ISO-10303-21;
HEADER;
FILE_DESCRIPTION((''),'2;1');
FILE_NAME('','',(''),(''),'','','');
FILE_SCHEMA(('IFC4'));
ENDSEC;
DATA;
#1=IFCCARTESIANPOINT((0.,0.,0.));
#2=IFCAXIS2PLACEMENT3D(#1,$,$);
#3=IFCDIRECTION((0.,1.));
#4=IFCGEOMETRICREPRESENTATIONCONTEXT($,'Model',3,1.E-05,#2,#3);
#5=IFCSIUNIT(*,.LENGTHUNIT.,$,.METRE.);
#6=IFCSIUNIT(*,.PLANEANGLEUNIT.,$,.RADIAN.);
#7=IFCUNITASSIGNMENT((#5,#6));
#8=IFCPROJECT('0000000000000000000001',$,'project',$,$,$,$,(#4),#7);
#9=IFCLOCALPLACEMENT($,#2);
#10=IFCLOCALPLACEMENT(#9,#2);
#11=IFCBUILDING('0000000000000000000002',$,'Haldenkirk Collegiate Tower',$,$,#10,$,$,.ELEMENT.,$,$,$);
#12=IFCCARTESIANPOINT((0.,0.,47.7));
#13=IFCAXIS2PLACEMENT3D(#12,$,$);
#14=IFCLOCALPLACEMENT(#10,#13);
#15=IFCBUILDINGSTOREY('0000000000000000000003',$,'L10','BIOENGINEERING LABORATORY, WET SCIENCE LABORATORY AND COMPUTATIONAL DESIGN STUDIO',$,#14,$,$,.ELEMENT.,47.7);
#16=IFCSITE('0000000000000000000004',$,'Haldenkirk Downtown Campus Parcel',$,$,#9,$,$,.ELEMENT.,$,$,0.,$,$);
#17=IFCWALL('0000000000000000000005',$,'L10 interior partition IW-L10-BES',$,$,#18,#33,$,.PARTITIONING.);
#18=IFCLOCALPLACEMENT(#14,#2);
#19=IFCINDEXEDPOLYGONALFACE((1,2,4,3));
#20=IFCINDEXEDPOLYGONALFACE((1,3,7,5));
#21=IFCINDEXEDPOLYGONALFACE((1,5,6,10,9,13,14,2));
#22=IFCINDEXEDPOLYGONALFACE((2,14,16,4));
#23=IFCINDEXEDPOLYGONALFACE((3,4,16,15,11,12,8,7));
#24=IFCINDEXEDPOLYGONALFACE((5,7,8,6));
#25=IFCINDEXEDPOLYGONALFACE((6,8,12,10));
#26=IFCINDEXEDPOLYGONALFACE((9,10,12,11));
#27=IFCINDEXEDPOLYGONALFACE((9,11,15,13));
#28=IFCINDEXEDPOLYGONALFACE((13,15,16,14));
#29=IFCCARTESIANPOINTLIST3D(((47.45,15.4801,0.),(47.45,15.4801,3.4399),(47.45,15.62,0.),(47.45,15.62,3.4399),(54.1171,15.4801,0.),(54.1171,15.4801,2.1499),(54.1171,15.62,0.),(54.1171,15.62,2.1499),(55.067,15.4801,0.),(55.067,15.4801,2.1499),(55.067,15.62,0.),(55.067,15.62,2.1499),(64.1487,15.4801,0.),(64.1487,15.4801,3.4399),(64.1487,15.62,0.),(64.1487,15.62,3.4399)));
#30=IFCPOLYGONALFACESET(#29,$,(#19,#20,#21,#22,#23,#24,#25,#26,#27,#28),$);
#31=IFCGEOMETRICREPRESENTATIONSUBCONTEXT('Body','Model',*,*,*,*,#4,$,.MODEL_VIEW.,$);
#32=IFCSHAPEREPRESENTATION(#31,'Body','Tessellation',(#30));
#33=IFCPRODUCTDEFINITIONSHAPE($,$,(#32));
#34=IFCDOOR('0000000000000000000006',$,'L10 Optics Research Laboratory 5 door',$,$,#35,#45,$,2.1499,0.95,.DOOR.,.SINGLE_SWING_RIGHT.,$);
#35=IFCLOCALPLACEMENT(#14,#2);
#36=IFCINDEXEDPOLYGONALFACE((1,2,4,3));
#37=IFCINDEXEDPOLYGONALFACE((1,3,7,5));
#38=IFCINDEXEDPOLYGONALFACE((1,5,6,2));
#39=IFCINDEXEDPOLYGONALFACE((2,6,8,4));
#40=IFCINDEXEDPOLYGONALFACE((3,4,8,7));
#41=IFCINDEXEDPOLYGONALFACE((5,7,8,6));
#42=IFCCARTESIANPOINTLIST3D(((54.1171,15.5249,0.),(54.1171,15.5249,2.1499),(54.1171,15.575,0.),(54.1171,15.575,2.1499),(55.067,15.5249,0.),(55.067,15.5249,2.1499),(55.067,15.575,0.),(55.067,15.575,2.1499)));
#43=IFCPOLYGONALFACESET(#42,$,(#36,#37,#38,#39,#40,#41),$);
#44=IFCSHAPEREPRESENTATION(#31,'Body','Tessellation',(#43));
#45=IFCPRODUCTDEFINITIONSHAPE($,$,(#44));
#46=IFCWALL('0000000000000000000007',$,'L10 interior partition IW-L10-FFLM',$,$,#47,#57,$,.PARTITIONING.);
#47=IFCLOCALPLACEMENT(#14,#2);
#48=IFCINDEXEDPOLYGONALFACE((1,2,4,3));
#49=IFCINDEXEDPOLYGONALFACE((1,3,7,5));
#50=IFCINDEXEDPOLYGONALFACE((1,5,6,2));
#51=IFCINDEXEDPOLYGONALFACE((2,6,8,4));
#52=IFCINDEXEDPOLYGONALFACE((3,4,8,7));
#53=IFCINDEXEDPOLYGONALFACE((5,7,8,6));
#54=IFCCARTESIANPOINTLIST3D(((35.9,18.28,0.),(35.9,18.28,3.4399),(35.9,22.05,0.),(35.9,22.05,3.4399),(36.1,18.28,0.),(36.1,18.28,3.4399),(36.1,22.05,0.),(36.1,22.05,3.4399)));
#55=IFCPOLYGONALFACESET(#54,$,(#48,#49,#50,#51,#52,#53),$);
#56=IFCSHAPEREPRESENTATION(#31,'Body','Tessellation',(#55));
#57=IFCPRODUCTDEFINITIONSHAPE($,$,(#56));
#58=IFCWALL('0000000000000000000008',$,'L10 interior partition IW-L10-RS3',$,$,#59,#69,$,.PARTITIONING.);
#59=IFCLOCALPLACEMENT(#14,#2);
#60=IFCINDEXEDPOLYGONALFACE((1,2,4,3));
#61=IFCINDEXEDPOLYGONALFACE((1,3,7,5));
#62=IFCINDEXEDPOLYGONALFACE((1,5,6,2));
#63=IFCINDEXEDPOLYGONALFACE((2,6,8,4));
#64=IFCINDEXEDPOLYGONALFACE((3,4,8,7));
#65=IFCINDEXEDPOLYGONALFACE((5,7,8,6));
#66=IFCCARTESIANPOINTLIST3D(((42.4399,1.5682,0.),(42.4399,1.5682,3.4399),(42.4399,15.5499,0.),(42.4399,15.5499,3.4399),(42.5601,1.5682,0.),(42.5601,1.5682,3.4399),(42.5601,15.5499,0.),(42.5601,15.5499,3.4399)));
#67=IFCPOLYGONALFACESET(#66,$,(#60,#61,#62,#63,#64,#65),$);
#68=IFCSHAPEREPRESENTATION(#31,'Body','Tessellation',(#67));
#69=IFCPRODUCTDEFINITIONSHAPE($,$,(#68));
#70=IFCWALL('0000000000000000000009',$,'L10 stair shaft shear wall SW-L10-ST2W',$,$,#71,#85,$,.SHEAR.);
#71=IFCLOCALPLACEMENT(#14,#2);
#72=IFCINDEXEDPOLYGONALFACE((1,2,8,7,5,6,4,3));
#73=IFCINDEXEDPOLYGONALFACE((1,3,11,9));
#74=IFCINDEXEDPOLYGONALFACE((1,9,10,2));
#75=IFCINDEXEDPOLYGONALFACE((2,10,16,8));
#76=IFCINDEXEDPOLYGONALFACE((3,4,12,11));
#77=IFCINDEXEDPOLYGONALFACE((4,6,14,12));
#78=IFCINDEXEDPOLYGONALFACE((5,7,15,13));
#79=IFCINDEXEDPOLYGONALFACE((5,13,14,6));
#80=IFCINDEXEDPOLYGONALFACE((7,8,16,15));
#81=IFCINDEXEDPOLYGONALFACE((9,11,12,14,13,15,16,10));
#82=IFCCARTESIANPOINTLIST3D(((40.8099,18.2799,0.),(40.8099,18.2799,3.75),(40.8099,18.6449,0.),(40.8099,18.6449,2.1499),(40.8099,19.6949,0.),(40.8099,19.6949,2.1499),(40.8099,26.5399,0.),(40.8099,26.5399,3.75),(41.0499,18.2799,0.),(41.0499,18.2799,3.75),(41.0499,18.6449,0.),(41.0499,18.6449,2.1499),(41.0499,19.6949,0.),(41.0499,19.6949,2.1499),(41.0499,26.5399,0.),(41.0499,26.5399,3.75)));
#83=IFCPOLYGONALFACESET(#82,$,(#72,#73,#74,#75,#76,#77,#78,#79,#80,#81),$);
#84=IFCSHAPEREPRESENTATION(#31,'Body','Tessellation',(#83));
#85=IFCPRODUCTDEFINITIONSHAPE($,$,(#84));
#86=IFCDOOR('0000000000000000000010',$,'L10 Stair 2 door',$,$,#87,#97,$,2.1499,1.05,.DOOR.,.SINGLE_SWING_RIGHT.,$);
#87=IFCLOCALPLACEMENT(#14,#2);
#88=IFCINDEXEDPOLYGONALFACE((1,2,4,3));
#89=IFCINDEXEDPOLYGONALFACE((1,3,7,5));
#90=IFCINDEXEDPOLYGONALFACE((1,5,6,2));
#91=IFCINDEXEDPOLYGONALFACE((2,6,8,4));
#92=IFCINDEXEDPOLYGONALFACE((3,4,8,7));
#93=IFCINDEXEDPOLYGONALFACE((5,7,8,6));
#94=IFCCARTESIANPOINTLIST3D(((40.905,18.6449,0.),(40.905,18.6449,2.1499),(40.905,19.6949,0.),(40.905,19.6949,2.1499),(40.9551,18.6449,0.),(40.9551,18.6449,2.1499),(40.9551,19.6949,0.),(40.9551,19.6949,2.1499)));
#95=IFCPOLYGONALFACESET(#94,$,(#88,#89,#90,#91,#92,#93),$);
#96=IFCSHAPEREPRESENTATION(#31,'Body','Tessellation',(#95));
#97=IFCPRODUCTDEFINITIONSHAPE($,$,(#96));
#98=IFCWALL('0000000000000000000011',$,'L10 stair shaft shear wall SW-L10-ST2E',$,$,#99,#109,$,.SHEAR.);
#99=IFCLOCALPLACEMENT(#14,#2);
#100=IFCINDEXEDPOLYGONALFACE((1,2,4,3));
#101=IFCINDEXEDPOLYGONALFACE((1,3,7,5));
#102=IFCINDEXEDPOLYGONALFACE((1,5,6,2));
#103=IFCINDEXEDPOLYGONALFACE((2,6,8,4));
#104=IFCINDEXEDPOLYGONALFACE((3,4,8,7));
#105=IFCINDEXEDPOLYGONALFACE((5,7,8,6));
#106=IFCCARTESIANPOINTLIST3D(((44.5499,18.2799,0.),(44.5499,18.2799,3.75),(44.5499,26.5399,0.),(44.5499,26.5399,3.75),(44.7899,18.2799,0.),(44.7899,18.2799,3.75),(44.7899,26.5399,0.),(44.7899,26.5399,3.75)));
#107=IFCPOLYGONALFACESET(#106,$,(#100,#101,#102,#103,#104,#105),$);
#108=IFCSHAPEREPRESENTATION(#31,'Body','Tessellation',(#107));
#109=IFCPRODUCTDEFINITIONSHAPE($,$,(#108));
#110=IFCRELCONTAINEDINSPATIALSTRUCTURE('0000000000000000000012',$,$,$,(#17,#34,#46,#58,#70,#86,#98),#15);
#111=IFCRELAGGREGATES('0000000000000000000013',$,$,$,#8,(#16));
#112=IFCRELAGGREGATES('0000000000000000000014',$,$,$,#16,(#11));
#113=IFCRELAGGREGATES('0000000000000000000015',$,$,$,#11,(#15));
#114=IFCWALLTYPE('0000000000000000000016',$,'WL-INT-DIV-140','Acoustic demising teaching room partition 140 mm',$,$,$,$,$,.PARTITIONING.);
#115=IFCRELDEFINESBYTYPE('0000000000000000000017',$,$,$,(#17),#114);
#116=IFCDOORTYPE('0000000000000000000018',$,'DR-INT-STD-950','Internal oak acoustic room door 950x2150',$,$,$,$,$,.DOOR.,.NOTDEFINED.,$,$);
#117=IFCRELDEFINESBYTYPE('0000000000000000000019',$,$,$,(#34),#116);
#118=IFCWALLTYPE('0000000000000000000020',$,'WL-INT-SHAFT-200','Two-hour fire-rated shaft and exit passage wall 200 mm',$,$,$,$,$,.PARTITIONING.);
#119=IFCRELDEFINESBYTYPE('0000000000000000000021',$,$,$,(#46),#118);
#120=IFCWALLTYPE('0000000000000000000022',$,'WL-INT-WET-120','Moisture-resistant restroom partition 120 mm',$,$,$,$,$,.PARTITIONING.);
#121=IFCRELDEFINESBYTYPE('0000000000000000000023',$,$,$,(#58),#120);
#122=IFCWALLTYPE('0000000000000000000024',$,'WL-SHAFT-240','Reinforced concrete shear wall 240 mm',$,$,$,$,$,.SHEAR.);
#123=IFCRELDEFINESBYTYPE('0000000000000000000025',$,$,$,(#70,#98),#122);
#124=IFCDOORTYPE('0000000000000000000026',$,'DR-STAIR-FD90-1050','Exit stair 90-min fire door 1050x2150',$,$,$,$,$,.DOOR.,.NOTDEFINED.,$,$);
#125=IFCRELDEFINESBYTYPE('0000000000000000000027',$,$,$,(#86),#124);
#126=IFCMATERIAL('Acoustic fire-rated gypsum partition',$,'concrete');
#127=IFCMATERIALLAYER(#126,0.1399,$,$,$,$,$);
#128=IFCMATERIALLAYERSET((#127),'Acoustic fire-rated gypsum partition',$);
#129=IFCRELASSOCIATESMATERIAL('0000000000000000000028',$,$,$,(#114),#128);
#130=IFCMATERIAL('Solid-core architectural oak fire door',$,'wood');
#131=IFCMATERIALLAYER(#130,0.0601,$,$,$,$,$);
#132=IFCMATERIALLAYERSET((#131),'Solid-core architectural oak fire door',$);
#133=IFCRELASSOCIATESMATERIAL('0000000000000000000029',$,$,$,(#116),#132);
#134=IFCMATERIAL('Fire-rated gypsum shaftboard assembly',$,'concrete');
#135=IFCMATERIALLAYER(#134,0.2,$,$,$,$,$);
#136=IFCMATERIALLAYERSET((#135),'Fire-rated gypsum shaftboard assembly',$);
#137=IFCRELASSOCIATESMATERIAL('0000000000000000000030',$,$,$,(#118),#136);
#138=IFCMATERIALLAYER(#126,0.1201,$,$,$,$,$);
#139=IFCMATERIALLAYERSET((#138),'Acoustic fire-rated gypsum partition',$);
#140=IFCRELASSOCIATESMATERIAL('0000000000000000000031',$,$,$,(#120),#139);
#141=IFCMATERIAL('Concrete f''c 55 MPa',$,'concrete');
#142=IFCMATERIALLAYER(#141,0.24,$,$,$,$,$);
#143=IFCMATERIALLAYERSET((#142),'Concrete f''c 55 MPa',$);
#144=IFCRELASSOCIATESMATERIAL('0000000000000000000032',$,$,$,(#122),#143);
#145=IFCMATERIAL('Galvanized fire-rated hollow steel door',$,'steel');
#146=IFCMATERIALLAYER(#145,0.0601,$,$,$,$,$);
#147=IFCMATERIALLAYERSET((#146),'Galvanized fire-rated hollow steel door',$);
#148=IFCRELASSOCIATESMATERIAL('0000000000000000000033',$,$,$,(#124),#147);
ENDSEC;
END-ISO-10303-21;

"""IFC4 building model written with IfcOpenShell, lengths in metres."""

from ifc_helpers import new_model, si_unit, direction, frame, frame_2d, origin, place, context, subcontext, project, spatial, rectangle, extrude, material, layer, layer_set, type_object, element, fill, save


model = new_model("IFC4")

# Units and contexts
model_context = context("Model", 3, precision=1e-05, world=origin(), true_north=direction((0.0, 1.0)))
body_context = subcontext(model_context, "Body", "Model", "MODEL_VIEW")
ifc_project = project(units=[si_unit("LENGTHUNIT", "METRE"), si_unit("PLANEANGLEUNIT", "RADIAN")], contexts=[model_context])

# Site, building, storey
site_placement = place(None, origin())
site = spatial("IfcSite", under=ifc_project, at=site_placement, Name="Haldenkirk Downtown Campus Parcel", CompositionType="ELEMENT", RefElevation=0.0)
building_placement = place(site_placement, origin())
building = spatial("IfcBuilding", under=site, at=building_placement, Name="Haldenkirk Collegiate Tower", CompositionType="ELEMENT")
storey_placement = place(building_placement, frame((0.0, 0.0, 47.7)))
storey = spatial("IfcBuildingStorey", under=building, at=storey_placement, Name="L10", Description="BIOENGINEERING LABORATORY, WET SCIENCE LABORATORY AND COMPUTATIONAL DESIGN STUDIO", CompositionType="ELEMENT", Elevation=47.7)

# Shared definitions
ifc_material_1 = material(Name="Galvanized fire-rated hollow steel door", Category="steel")

# Shared definitions
ifc_material_2 = material(Name="Acoustic fire-rated gypsum partition", Category="concrete")
ifc_material_3 = material(Name="Solid-core architectural oak fire door", Category="wood")

# Wall, opening, door
ifc_layer_1 = layer(ifc_material_2, 0.1399)
ifc_layer_set_1 = layer_set([ifc_layer_1], Name="Acoustic fire-rated gypsum partition")
wall_type_1 = type_object("IfcWallType", Name="WL-INT-DIV-140", Description="Acoustic demising teaching room partition 140 mm", PredefinedType="PARTITIONING", material=ifc_layer_set_1)
wall_1_placement = place(storey_placement, frame((47.45, 15.55, 0.0), z_axis=(0.0, 0.0, 1.0), x_axis=(1.0, 0.0, 0.0)))
wall_1 = element("IfcWall", 1, at=wall_1_placement, inside=storey, type_object=wall_type_1, Name="L10 interior partition IW-L10-BES", PredefinedType="PARTITIONING", context=body_context, shape_type="SweptSolid", body=[
    extrude(rectangle(XDim=16.6987, YDim=0.1399, at=frame_2d((8.3494, 0.0))), origin(), (0.0, 0.0, 1.0), 3.4399),
])
opening_1_placement = place(wall_1_placement, frame((6.667, 0.0, 0.0)))
opening_1 = element("IfcOpeningElement", 2, at=opening_1_placement, cuts=wall_1, PredefinedType="OPENING", context=body_context, shape_type="SweptSolid", body=[
    extrude(rectangle(XDim=0.95, YDim=2.1499, at=frame_2d((0.4751, 1.075))), frame((0.0, 0.0798, 0.0), z_axis=(0.0, -1.0, 0.0), x_axis=(1.0, 0.0, 0.0)), (0.0, 0.0, 1.0), 0.1599),
])
ifc_layer_2 = layer(ifc_material_3, 0.0601)
ifc_layer_set_2 = layer_set([ifc_layer_2], Name="Solid-core architectural oak fire door")
door_type_1 = type_object("IfcDoorType", Name="DR-INT-STD-950", Description="Internal oak acoustic room door 950x2150", OperationType="NOTDEFINED", PredefinedType="DOOR", material=ifc_layer_set_2)
door_1_placement = place(opening_1_placement, origin())
door_1 = element("IfcDoor", 3, at=door_1_placement, inside=storey, type_object=door_type_1, Name="L10 Optics Research Laboratory 5 door", OperationType="SINGLE_SWING_RIGHT", OverallHeight=2.1499, OverallWidth=0.95, PredefinedType="DOOR", context=body_context, shape_type="SweptSolid", body=[
    extrude(rectangle(XDim=0.95, YDim=2.1499, at=frame_2d((0.4751, 1.075))), frame((0.0, 0.0249, 0.0), z_axis=(0.0, -1.0, 0.0), x_axis=(1.0, 0.0, 0.0)), (0.0, 0.0, 1.0), 0.05),
])
fill(opening_1, door_1)

# Walls
ifc_material_4 = material(Name="Fire-rated gypsum shaftboard assembly", Category="concrete")
ifc_layer_3 = layer(ifc_material_4, 0.2)
ifc_layer_set_3 = layer_set([ifc_layer_3], Name="Fire-rated gypsum shaftboard assembly")
wall_type_2 = type_object("IfcWallType", Name="WL-INT-SHAFT-200", Description="Two-hour fire-rated shaft and exit passage wall 200 mm", PredefinedType="PARTITIONING", material=ifc_layer_set_3)
wall_2_placement = place(storey_placement, frame((36.0, 18.28, 0.0), z_axis=(0.0, 0.0, 1.0), x_axis=(0.0, 1.0, 0.0)))
element("IfcWall", 4, at=wall_2_placement, inside=storey, type_object=wall_type_2, Name="L10 interior partition IW-L10-FFLM", PredefinedType="PARTITIONING", context=body_context, shape_type="SweptSolid", body=[
    extrude(rectangle(XDim=3.77, YDim=0.2, at=frame_2d((1.885, 0.0))), origin(), (0.0, 0.0, 1.0), 3.4399),
])
ifc_layer_4 = layer(ifc_material_2, 0.1201)
ifc_layer_set_4 = layer_set([ifc_layer_4], Name="Acoustic fire-rated gypsum partition")
wall_type_3 = type_object("IfcWallType", Name="WL-INT-WET-120", Description="Moisture-resistant restroom partition 120 mm", PredefinedType="PARTITIONING", material=ifc_layer_set_4)
wall_3_placement = place(storey_placement, frame((42.5, 1.5684, 0.0), z_axis=(0.0, 0.0, 1.0), x_axis=(0.0, 1.0, 0.0)))
element("IfcWall", 5, at=wall_3_placement, inside=storey, type_object=wall_type_3, Name="L10 interior partition IW-L10-RS3", PredefinedType="PARTITIONING", context=body_context, shape_type="SweptSolid", body=[
    extrude(rectangle(XDim=13.9817, YDim=0.1201, at=frame_2d((6.9907, 0.0))), origin(), (0.0, 0.0, 1.0), 3.4399),
])

# Wall, opening, door
ifc_material_5 = material(Name="Concrete f'c 55 MPa", Category="concrete")
ifc_layer_5 = layer(ifc_material_5, 0.24)
ifc_layer_set_5 = layer_set([ifc_layer_5], Name="Concrete f'c 55 MPa")
wall_type_4 = type_object("IfcWallType", Name="WL-SHAFT-240", Description="Reinforced concrete shear wall 240 mm", PredefinedType="SHEAR", material=ifc_layer_set_5)
wall_4_placement = place(storey_placement, frame((40.9299, 18.28, 0.0), z_axis=(0.0, 0.0, 1.0), x_axis=(0.0, 1.0, 0.0)))
wall_4 = element("IfcWall", 6, at=wall_4_placement, inside=storey, type_object=wall_type_4, Name="L10 stair shaft shear wall SW-L10-ST2W", PredefinedType="SHEAR", context=body_context, shape_type="SweptSolid", body=[
    extrude(rectangle(XDim=8.26, YDim=0.24, at=frame_2d((4.1299, 0.0))), origin(), (0.0, 0.0, 1.0), 3.75),
])
opening_2_placement = place(wall_4_placement, frame((0.365, 0.0, 0.0)))
opening_2 = element("IfcOpeningElement", 7, at=opening_2_placement, cuts=wall_4, PredefinedType="OPENING", context=body_context, shape_type="SweptSolid", body=[
    extrude(rectangle(XDim=1.05, YDim=2.1499, at=frame_2d((0.5249, 1.075))), frame((0.0, 0.1299, 0.0), z_axis=(0.0, -1.0, 0.0), x_axis=(1.0, 0.0, 0.0)), (0.0, 0.0, 1.0), 0.26),
])
ifc_layer_6 = layer(ifc_material_1, 0.0601)
ifc_layer_set_6 = layer_set([ifc_layer_6], Name="Galvanized fire-rated hollow steel door")
door_type_2 = type_object("IfcDoorType", Name="DR-STAIR-FD90-1050", Description="Exit stair 90-min fire door 1050x2150", OperationType="NOTDEFINED", PredefinedType="DOOR", material=ifc_layer_set_6)
door_2_placement = place(opening_2_placement, origin())
door_2 = element("IfcDoor", 8, at=door_2_placement, inside=storey, type_object=door_type_2, Name="L10 Stair 2 door", OperationType="SINGLE_SWING_RIGHT", OverallHeight=2.1499, OverallWidth=1.05, PredefinedType="DOOR", context=body_context, shape_type="SweptSolid", body=[
    extrude(rectangle(XDim=1.05, YDim=2.1499, at=frame_2d((0.5249, 1.075))), frame((0.0, 0.0249, 0.0), z_axis=(0.0, -1.0, 0.0), x_axis=(1.0, 0.0, 0.0)), (0.0, 0.0, 1.0), 0.05),
])
fill(opening_2, door_2)

# Wall
wall_5_placement = place(storey_placement, frame((44.6699, 18.28, 0.0), z_axis=(0.0, 0.0, 1.0), x_axis=(0.0, 1.0, 0.0)))
element("IfcWall", 9, at=wall_5_placement, inside=storey, type_object=wall_type_4, Name="L10 stair shaft shear wall SW-L10-ST2E", PredefinedType="SHEAR", context=body_context, shape_type="SweptSolid", body=[
    extrude(rectangle(XDim=8.26, YDim=0.24, at=frame_2d((4.1299, 0.0))), origin(), (0.0, 0.0, 1.0), 3.75),
])

save(model, "model.ifc")
